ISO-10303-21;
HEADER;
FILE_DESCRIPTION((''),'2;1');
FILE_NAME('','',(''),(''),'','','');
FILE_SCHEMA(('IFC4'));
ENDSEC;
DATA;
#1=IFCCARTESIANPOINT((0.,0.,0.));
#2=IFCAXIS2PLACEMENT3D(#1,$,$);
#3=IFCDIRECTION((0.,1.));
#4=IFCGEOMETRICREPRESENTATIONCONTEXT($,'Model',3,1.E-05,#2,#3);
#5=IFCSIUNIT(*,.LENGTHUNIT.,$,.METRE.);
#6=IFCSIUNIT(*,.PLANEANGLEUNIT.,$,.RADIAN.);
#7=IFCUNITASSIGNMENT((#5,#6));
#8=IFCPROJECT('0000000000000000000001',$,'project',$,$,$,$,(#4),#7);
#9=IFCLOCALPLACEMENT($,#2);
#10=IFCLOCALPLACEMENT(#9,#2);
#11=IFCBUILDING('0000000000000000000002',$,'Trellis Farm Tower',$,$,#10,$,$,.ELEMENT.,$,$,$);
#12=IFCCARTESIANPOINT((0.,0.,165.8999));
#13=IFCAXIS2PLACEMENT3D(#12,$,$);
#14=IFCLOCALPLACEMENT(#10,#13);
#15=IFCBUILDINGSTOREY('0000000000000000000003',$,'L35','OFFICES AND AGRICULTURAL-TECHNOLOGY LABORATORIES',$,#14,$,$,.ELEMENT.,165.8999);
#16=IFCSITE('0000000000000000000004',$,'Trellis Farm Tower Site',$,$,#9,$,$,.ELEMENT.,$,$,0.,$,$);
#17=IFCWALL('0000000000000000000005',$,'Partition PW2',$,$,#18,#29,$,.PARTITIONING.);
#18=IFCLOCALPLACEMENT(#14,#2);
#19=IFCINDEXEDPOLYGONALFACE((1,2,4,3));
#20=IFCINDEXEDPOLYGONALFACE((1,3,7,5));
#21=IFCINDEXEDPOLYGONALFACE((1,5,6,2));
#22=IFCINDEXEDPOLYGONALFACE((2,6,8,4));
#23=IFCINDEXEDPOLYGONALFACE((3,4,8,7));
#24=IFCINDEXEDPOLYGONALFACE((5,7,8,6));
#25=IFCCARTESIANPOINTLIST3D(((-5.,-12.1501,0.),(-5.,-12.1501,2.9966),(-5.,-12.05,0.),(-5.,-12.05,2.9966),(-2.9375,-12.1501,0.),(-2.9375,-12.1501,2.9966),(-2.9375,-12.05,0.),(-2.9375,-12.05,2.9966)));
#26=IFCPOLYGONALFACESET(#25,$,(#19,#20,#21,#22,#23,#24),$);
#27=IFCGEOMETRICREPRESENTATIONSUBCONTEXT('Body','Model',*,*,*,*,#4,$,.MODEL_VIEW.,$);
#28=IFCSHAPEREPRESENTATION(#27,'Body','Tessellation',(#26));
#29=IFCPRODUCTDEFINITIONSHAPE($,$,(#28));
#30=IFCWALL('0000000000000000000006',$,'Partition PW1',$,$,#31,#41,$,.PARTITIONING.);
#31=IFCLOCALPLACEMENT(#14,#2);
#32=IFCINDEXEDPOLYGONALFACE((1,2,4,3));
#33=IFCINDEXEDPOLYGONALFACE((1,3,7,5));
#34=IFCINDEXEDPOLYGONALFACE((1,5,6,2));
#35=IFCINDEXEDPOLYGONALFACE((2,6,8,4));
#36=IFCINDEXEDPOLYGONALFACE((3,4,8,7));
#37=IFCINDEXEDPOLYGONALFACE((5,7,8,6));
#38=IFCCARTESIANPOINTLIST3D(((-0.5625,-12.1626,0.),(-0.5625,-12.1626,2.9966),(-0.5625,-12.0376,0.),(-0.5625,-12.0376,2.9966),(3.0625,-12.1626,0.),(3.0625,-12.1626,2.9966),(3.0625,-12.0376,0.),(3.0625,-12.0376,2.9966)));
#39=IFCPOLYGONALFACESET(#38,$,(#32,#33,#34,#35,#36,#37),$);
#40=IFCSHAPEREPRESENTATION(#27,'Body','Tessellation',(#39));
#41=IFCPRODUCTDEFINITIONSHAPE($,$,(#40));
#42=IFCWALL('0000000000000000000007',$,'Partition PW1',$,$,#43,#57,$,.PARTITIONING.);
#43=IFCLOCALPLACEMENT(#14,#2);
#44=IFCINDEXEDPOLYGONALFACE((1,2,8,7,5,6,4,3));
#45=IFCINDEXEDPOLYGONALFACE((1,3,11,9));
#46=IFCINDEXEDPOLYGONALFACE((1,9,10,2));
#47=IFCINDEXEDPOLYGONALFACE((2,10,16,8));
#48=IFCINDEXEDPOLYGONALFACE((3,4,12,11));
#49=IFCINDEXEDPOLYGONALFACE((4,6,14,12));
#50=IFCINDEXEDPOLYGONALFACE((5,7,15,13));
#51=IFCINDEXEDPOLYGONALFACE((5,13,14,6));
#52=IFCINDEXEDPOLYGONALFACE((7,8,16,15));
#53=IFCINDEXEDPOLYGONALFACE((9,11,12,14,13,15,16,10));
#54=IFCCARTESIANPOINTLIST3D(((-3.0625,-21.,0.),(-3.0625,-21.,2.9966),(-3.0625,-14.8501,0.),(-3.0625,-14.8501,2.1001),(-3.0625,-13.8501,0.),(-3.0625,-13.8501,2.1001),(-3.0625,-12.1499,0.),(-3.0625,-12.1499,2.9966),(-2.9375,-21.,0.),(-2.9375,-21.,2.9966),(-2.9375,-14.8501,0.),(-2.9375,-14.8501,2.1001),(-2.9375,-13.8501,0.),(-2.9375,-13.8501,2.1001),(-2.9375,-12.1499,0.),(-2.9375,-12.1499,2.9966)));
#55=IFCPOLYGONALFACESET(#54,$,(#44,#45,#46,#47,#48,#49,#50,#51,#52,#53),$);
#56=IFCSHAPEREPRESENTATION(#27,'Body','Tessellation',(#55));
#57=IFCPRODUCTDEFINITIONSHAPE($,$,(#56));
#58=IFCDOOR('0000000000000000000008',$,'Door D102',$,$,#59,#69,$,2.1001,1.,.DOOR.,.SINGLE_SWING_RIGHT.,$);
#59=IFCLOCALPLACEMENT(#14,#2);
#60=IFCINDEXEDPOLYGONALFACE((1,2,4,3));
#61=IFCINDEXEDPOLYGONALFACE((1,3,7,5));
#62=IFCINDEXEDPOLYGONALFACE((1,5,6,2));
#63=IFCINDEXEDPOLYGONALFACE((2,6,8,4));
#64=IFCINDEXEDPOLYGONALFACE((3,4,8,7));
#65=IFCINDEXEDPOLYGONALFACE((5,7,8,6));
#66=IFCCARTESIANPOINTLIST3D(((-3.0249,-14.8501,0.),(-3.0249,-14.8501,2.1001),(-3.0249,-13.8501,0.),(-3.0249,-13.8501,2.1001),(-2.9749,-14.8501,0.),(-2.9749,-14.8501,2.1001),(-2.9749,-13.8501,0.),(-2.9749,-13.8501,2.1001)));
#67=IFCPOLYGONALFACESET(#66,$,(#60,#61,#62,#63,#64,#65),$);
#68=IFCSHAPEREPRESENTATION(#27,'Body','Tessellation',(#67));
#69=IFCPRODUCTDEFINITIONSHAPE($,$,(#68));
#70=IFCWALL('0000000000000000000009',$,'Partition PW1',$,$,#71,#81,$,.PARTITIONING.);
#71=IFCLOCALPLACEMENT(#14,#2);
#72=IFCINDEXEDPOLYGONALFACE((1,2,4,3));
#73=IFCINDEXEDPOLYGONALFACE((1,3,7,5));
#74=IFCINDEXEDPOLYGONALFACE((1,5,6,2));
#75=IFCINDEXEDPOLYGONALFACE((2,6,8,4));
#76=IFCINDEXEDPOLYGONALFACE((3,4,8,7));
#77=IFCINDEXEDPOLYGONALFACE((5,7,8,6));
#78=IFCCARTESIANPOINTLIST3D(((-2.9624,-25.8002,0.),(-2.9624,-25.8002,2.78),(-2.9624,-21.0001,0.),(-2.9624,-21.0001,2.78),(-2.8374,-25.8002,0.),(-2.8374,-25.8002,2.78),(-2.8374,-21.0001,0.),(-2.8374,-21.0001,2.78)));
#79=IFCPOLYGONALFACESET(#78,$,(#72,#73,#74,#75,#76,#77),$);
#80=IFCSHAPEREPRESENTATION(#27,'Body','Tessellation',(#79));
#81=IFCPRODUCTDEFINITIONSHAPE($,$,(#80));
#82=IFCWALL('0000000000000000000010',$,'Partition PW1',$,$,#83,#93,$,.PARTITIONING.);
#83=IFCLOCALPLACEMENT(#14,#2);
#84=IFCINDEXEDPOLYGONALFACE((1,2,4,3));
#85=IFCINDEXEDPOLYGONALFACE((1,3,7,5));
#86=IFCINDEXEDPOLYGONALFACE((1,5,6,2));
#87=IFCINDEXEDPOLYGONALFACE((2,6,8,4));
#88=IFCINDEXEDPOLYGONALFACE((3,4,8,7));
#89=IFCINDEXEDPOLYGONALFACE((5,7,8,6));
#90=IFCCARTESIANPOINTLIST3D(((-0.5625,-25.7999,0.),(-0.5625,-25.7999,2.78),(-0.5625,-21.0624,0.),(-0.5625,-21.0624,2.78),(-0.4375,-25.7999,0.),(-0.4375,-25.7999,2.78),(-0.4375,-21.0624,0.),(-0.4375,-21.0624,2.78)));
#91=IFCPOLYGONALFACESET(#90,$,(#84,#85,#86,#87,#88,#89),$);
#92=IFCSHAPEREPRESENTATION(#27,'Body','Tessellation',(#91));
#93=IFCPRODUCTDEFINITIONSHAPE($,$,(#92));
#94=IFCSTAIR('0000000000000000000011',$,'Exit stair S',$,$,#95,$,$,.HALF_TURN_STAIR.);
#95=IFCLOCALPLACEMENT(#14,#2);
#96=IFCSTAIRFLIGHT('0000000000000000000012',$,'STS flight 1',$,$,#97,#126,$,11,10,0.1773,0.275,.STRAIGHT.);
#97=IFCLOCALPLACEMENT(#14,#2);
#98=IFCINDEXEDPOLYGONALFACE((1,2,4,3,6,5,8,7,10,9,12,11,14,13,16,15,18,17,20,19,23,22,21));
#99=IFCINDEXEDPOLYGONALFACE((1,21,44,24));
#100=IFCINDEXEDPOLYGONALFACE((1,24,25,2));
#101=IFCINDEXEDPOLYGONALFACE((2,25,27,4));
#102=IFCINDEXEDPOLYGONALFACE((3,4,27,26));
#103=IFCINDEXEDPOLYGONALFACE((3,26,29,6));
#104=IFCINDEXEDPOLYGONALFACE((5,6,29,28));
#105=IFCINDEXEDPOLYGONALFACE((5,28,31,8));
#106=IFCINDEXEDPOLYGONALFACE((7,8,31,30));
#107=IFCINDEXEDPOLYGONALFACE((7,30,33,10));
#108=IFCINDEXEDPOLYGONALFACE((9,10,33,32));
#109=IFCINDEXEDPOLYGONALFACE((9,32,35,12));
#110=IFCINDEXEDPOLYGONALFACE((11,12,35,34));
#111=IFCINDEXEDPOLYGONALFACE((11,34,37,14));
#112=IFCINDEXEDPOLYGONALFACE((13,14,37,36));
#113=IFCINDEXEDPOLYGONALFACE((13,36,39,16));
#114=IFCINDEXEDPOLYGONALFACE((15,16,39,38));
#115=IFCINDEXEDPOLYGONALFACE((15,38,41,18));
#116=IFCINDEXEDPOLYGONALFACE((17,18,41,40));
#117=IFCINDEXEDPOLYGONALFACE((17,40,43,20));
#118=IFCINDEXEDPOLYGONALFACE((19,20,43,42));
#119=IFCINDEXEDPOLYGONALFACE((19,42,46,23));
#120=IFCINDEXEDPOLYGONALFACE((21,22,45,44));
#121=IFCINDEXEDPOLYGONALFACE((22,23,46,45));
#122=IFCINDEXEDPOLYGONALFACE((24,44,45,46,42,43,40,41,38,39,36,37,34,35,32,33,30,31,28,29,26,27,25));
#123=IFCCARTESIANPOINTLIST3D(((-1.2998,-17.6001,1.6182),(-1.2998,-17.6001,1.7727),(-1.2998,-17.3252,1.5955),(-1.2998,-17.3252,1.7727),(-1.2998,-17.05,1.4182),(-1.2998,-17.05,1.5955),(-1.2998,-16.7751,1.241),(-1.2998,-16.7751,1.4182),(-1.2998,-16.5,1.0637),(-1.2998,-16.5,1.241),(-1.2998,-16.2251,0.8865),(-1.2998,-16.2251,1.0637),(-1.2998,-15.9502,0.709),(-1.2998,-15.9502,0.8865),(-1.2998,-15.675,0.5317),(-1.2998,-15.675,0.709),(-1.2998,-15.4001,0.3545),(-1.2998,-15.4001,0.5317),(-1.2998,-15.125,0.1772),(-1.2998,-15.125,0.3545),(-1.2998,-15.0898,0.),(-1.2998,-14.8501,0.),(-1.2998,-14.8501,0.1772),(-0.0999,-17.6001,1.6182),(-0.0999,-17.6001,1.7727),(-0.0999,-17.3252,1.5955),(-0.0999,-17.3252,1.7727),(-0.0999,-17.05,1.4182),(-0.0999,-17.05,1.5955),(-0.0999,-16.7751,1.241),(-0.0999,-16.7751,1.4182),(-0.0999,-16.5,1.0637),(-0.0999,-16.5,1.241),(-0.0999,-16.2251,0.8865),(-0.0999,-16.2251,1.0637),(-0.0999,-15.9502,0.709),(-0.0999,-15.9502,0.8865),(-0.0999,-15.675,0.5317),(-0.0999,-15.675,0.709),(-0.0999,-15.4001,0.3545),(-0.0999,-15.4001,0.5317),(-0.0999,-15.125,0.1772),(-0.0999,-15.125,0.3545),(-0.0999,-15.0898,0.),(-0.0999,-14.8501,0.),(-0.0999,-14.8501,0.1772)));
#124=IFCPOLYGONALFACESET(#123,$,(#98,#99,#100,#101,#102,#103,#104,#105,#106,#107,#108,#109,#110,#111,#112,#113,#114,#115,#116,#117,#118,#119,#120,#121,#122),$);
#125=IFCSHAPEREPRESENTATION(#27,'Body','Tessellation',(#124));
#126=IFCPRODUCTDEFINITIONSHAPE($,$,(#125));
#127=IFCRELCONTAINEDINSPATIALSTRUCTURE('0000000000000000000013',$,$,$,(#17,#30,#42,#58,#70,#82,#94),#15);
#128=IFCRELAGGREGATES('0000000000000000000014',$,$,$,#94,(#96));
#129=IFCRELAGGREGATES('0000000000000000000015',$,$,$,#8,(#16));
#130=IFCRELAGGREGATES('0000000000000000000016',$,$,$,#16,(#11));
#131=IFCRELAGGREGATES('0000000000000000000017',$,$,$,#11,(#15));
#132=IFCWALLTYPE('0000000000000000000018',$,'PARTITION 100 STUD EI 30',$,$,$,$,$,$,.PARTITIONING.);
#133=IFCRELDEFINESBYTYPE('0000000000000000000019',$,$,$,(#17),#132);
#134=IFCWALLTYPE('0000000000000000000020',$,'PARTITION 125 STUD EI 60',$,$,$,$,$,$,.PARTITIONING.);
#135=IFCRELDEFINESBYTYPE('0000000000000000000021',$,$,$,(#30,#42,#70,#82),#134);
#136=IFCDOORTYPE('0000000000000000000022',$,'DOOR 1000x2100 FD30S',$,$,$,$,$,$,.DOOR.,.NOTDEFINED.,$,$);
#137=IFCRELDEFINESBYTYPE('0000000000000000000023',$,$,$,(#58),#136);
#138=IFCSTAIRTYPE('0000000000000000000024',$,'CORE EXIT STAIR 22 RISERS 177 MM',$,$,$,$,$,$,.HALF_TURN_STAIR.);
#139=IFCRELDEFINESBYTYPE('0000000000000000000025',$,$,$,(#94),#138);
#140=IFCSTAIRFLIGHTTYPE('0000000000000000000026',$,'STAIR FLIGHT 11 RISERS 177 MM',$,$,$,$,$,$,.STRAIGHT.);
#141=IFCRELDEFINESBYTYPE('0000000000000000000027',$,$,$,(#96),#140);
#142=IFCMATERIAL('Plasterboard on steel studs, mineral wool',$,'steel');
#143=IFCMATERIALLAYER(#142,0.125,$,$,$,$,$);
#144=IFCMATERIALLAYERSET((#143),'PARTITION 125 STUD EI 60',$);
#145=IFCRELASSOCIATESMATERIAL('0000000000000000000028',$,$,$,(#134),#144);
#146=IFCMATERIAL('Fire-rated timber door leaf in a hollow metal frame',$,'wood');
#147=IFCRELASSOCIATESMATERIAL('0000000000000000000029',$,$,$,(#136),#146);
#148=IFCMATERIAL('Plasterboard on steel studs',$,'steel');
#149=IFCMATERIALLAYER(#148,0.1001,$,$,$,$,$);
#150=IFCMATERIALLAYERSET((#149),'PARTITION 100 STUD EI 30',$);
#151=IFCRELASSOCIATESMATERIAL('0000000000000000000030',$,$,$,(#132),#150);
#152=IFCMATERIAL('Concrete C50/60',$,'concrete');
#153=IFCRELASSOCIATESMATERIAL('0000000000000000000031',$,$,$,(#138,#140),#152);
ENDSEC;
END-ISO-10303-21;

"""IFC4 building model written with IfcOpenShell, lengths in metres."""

from ifc_helpers import new_model, si_unit, direction, frame, frame_2d, origin, place, context, subcontext, project, spatial, polyline, rectangle, outline, extrude, source, transform, mapped, material, layer, layer_set, type_object, element, fill, aggregate, save


model = new_model("IFC4")

# Units and contexts
model_context = context("Model", 3, precision=1e-05, world=origin(), true_north=direction((0.0, 1.0)))
body_context = subcontext(model_context, "Body", "Model", "MODEL_VIEW")
ifc_project = project(units=[si_unit("LENGTHUNIT", "METRE"), si_unit("PLANEANGLEUNIT", "RADIAN")], contexts=[model_context])

# Site, building, storey
site_placement = place(None, origin())
site = spatial("IfcSite", under=ifc_project, at=site_placement, Name="Trellis Farm Tower Site", CompositionType="ELEMENT", RefElevation=0.0)
building_placement = place(site_placement, origin())
building = spatial("IfcBuilding", under=site, at=building_placement, Name="Trellis Farm Tower", CompositionType="ELEMENT")
storey_placement = place(building_placement, frame((0.0, 0.0, 165.8999)))
storey = spatial("IfcBuildingStorey", under=building, at=storey_placement, Name="L35", Description="OFFICES AND AGRICULTURAL-TECHNOLOGY LABORATORIES", CompositionType="ELEMENT", Elevation=165.8999)

# Shared definitions
placement = place(storey_placement, origin())

# Shared definitions
ifc_material_1 = material(Name="Plasterboard on steel studs, mineral wool", Category="steel")
ifc_layer_1 = layer(ifc_material_1, 0.125)
ifc_layer_set_1 = layer_set([ifc_layer_1], Name="PARTITION 125 STUD EI 60")
wall_type_1 = type_object("IfcWallType", Name="PARTITION 125 STUD EI 60", PredefinedType="PARTITIONING", material=ifc_layer_set_1)

# Shared definitions
shared_shape_1 = source(origin(), body_context, "Body", "SweptSolid", [
    extrude(rectangle(XDim=1.0, YDim=2.1001, at=frame_2d((0.5, 1.05))), frame((0.0, 0.0725, 0.0), z_axis=(0.0, -1.0, 0.0), x_axis=(1.0, 0.0, 0.0)), (0.0, 0.0, 1.0), 0.145),
])
ifc_material_2 = material(Name="Fire-rated timber door leaf in a hollow metal frame", Category="wood")
door_type = type_object("IfcDoorType", Name="DOOR 1000x2100 FD30S", OperationType="NOTDEFINED", PredefinedType="DOOR", material=ifc_material_2)
shared_shape_2 = source(origin(), body_context, "Body", "SweptSolid", [
    extrude(rectangle(XDim=1.0, YDim=2.1001, at=frame_2d((0.5, 1.05))), frame((0.0, 0.0249, 0.0), z_axis=(0.0, -1.0, 0.0), x_axis=(1.0, 0.0, 0.0)), (0.0, 0.0, 1.0), 0.05),
])

# Walls
ifc_material_3 = material(Name="Plasterboard on steel studs", Category="steel")
ifc_layer_2 = layer(ifc_material_3, 0.1001)
ifc_layer_set_2 = layer_set([ifc_layer_2], Name="PARTITION 100 STUD EI 30")
wall_type_2 = type_object("IfcWallType", Name="PARTITION 100 STUD EI 30", PredefinedType="PARTITIONING", material=ifc_layer_set_2)
shared_shape_3 = source(origin(), body_context, "Body", "SweptSolid", [
    extrude(rectangle(XDim=2.0625, YDim=0.1001, at=frame_2d((1.0312, 0.0))), origin(), (0.0, 0.0, 1.0), 2.9966),
])
wall_1_placement = place(storey_placement, frame((-5.0, -12.1001, 0.0), z_axis=(0.0, 0.0, 1.0), x_axis=(1.0, 0.0, 0.0)))
element("IfcWall", 1, at=wall_1_placement, inside=storey, type_object=wall_type_2, Name="Partition PW2", PredefinedType="PARTITIONING", context=body_context, shape_type="MappedRepresentation", body=[
    mapped(shared_shape_3, transform((0.0, 0.0, 0.0))),
])
shared_shape_4 = source(origin(), body_context, "Body", "SweptSolid", [
    extrude(rectangle(XDim=3.625, YDim=0.125, at=frame_2d((1.8125, 0.0))), origin(), (0.0, 0.0, 1.0), 2.9966),
])
wall_2_placement = place(storey_placement, frame((-0.5625, -12.1001, 0.0), z_axis=(0.0, 0.0, 1.0), x_axis=(1.0, 0.0, 0.0)))
element("IfcWall", 2, at=wall_2_placement, inside=storey, type_object=wall_type_1, Name="Partition PW1", PredefinedType="PARTITIONING", context=body_context, shape_type="MappedRepresentation", body=[
    mapped(shared_shape_4, transform((0.0, 0.0, 0.0))),
])

# Wall, opening, door
shared_shape_5 = source(origin(), body_context, "Body", "SweptSolid", [
    extrude(rectangle(XDim=8.8501, YDim=0.125, at=frame_2d((4.425, 0.0))), origin(), (0.0, 0.0, 1.0), 2.9966),
])
wall_3_placement = place(storey_placement, frame((-3.0, -21.0, 0.0), z_axis=(0.0, 0.0, 1.0), x_axis=(0.0, 1.0, 0.0)))
wall_3 = element("IfcWall", 3, at=wall_3_placement, inside=storey, type_object=wall_type_1, Name="Partition PW1", PredefinedType="PARTITIONING", context=body_context, shape_type="MappedRepresentation", body=[
    mapped(shared_shape_5, transform((0.0, 0.0, 0.0))),
])
opening_1_placement = place(wall_3_placement, frame((6.1499, 0.0, 0.0)))
opening_1 = element("IfcOpeningElement", 4, at=opening_1_placement, cuts=wall_3, PredefinedType="OPENING", context=body_context, shape_type="MappedRepresentation", body=[
    mapped(shared_shape_1, transform((0.0, 0.0, 0.0))),
])
door_1_placement = place(opening_1_placement, origin())
door_1 = element("IfcDoor", 5, at=door_1_placement, inside=storey, type_object=door_type, Name="Door D102", OperationType="SINGLE_SWING_RIGHT", OverallHeight=2.1001, OverallWidth=1.0, PredefinedType="DOOR", context=body_context, shape_type="MappedRepresentation", body=[
    mapped(shared_shape_2, transform((0.0, 0.0, 0.0))),
])
fill(opening_1, door_1)

# Walls
shared_shape_6 = source(origin(), body_context, "Body", "SweptSolid", [
    extrude(rectangle(XDim=4.8, YDim=0.125, at=frame_2d((2.3999, 0.0))), origin(), (0.0, 0.0, 1.0), 2.78),
])
wall_4_placement = place(storey_placement, frame((-2.8999, -25.8, 0.0), z_axis=(0.0, 0.0, 1.0), x_axis=(0.0, 1.0, 0.0)))
element("IfcWall", 6, at=wall_4_placement, inside=storey, type_object=wall_type_1, Name="Partition PW1", PredefinedType="PARTITIONING", context=body_context, shape_type="MappedRepresentation", body=[
    mapped(shared_shape_6, transform((0.0, 0.0, 0.0))),
])
shared_shape_7 = source(origin(), body_context, "Body", "SweptSolid", [
    extrude(rectangle(XDim=4.7375, YDim=0.125, at=frame_2d((2.3687, 0.0))), origin(), (0.0, 0.0, 1.0), 2.78),
])
wall_5_placement = place(storey_placement, frame((-0.5, -21.0625, 0.0), z_axis=(0.0, 0.0, 1.0), x_axis=(0.0, -1.0, 0.0)))
element("IfcWall", 7, at=wall_5_placement, inside=storey, type_object=wall_type_1, Name="Partition PW1", PredefinedType="PARTITIONING", context=body_context, shape_type="MappedRepresentation", body=[
    mapped(shared_shape_7, transform((0.0, 0.0, 0.0))),
])

# Stair, stair flight
ifc_material_4 = material(Name="Concrete C50/60", Category="concrete")
stair_type = type_object("IfcStairType", Name="CORE EXIT STAIR 22 RISERS 177 MM", PredefinedType="HALF_TURN_STAIR", material=ifc_material_4)
stair = element("IfcStair", 8, at=placement, inside=storey, type_object=stair_type, Name="Exit stair S", PredefinedType="HALF_TURN_STAIR")
stair_flight_type = type_object("IfcStairFlightType", Name="STAIR FLIGHT 11 RISERS 177 MM", PredefinedType="STRAIGHT", material=ifc_material_4)
shared_shape_8 = source(origin(), body_context, "Body", "SweptSolid", [
    extrude(outline(polyline([(0.0, 0.0), (0.0, 0.1772), (0.2749, 0.1772), (0.2749, 0.3545), (0.55, 0.3545), (0.55, 0.5317), (0.825, 0.5317), (0.825, 0.709), (1.1001, 0.709), (1.1001, 0.8865), (1.375, 0.8865), (1.375, 1.0637), (1.6499, 1.0637), (1.6499, 1.241), (1.925, 1.241), (1.925, 1.4182), (2.2, 1.4182), (2.2, 1.5955), (2.4751, 1.5955), (2.4751, 1.7727), (2.75, 1.7727), (2.75, 1.95), (2.75, 1.6182), (0.2397, 0.0), (0.0, 0.0)])), frame((0.0, 0.6001, 0.0), z_axis=(0.0, -1.0, 0.0), x_axis=(1.0, 0.0, 0.0)), (0.0, 0.0, 1.0), 1.2),
])
stair_flight_placement = place(storey_placement, frame((-0.7, -14.8501, 0.0), z_axis=(0.0, 0.0, 1.0), x_axis=(0.0, -1.0, 0.0)))
stair_flight = element("IfcStairFlight", 9, at=stair_flight_placement, type_object=stair_flight_type, Name="STS flight 1", NumberOfRisers=11, NumberOfTreads=10, PredefinedType="STRAIGHT", RiserHeight=0.1773, TreadLength=0.275, context=body_context, shape_type="MappedRepresentation", body=[
    mapped(shared_shape_8, transform((0.0, 0.0, 0.0))),
])
aggregate(stair, [stair_flight])

save(model, "model.ifc")
